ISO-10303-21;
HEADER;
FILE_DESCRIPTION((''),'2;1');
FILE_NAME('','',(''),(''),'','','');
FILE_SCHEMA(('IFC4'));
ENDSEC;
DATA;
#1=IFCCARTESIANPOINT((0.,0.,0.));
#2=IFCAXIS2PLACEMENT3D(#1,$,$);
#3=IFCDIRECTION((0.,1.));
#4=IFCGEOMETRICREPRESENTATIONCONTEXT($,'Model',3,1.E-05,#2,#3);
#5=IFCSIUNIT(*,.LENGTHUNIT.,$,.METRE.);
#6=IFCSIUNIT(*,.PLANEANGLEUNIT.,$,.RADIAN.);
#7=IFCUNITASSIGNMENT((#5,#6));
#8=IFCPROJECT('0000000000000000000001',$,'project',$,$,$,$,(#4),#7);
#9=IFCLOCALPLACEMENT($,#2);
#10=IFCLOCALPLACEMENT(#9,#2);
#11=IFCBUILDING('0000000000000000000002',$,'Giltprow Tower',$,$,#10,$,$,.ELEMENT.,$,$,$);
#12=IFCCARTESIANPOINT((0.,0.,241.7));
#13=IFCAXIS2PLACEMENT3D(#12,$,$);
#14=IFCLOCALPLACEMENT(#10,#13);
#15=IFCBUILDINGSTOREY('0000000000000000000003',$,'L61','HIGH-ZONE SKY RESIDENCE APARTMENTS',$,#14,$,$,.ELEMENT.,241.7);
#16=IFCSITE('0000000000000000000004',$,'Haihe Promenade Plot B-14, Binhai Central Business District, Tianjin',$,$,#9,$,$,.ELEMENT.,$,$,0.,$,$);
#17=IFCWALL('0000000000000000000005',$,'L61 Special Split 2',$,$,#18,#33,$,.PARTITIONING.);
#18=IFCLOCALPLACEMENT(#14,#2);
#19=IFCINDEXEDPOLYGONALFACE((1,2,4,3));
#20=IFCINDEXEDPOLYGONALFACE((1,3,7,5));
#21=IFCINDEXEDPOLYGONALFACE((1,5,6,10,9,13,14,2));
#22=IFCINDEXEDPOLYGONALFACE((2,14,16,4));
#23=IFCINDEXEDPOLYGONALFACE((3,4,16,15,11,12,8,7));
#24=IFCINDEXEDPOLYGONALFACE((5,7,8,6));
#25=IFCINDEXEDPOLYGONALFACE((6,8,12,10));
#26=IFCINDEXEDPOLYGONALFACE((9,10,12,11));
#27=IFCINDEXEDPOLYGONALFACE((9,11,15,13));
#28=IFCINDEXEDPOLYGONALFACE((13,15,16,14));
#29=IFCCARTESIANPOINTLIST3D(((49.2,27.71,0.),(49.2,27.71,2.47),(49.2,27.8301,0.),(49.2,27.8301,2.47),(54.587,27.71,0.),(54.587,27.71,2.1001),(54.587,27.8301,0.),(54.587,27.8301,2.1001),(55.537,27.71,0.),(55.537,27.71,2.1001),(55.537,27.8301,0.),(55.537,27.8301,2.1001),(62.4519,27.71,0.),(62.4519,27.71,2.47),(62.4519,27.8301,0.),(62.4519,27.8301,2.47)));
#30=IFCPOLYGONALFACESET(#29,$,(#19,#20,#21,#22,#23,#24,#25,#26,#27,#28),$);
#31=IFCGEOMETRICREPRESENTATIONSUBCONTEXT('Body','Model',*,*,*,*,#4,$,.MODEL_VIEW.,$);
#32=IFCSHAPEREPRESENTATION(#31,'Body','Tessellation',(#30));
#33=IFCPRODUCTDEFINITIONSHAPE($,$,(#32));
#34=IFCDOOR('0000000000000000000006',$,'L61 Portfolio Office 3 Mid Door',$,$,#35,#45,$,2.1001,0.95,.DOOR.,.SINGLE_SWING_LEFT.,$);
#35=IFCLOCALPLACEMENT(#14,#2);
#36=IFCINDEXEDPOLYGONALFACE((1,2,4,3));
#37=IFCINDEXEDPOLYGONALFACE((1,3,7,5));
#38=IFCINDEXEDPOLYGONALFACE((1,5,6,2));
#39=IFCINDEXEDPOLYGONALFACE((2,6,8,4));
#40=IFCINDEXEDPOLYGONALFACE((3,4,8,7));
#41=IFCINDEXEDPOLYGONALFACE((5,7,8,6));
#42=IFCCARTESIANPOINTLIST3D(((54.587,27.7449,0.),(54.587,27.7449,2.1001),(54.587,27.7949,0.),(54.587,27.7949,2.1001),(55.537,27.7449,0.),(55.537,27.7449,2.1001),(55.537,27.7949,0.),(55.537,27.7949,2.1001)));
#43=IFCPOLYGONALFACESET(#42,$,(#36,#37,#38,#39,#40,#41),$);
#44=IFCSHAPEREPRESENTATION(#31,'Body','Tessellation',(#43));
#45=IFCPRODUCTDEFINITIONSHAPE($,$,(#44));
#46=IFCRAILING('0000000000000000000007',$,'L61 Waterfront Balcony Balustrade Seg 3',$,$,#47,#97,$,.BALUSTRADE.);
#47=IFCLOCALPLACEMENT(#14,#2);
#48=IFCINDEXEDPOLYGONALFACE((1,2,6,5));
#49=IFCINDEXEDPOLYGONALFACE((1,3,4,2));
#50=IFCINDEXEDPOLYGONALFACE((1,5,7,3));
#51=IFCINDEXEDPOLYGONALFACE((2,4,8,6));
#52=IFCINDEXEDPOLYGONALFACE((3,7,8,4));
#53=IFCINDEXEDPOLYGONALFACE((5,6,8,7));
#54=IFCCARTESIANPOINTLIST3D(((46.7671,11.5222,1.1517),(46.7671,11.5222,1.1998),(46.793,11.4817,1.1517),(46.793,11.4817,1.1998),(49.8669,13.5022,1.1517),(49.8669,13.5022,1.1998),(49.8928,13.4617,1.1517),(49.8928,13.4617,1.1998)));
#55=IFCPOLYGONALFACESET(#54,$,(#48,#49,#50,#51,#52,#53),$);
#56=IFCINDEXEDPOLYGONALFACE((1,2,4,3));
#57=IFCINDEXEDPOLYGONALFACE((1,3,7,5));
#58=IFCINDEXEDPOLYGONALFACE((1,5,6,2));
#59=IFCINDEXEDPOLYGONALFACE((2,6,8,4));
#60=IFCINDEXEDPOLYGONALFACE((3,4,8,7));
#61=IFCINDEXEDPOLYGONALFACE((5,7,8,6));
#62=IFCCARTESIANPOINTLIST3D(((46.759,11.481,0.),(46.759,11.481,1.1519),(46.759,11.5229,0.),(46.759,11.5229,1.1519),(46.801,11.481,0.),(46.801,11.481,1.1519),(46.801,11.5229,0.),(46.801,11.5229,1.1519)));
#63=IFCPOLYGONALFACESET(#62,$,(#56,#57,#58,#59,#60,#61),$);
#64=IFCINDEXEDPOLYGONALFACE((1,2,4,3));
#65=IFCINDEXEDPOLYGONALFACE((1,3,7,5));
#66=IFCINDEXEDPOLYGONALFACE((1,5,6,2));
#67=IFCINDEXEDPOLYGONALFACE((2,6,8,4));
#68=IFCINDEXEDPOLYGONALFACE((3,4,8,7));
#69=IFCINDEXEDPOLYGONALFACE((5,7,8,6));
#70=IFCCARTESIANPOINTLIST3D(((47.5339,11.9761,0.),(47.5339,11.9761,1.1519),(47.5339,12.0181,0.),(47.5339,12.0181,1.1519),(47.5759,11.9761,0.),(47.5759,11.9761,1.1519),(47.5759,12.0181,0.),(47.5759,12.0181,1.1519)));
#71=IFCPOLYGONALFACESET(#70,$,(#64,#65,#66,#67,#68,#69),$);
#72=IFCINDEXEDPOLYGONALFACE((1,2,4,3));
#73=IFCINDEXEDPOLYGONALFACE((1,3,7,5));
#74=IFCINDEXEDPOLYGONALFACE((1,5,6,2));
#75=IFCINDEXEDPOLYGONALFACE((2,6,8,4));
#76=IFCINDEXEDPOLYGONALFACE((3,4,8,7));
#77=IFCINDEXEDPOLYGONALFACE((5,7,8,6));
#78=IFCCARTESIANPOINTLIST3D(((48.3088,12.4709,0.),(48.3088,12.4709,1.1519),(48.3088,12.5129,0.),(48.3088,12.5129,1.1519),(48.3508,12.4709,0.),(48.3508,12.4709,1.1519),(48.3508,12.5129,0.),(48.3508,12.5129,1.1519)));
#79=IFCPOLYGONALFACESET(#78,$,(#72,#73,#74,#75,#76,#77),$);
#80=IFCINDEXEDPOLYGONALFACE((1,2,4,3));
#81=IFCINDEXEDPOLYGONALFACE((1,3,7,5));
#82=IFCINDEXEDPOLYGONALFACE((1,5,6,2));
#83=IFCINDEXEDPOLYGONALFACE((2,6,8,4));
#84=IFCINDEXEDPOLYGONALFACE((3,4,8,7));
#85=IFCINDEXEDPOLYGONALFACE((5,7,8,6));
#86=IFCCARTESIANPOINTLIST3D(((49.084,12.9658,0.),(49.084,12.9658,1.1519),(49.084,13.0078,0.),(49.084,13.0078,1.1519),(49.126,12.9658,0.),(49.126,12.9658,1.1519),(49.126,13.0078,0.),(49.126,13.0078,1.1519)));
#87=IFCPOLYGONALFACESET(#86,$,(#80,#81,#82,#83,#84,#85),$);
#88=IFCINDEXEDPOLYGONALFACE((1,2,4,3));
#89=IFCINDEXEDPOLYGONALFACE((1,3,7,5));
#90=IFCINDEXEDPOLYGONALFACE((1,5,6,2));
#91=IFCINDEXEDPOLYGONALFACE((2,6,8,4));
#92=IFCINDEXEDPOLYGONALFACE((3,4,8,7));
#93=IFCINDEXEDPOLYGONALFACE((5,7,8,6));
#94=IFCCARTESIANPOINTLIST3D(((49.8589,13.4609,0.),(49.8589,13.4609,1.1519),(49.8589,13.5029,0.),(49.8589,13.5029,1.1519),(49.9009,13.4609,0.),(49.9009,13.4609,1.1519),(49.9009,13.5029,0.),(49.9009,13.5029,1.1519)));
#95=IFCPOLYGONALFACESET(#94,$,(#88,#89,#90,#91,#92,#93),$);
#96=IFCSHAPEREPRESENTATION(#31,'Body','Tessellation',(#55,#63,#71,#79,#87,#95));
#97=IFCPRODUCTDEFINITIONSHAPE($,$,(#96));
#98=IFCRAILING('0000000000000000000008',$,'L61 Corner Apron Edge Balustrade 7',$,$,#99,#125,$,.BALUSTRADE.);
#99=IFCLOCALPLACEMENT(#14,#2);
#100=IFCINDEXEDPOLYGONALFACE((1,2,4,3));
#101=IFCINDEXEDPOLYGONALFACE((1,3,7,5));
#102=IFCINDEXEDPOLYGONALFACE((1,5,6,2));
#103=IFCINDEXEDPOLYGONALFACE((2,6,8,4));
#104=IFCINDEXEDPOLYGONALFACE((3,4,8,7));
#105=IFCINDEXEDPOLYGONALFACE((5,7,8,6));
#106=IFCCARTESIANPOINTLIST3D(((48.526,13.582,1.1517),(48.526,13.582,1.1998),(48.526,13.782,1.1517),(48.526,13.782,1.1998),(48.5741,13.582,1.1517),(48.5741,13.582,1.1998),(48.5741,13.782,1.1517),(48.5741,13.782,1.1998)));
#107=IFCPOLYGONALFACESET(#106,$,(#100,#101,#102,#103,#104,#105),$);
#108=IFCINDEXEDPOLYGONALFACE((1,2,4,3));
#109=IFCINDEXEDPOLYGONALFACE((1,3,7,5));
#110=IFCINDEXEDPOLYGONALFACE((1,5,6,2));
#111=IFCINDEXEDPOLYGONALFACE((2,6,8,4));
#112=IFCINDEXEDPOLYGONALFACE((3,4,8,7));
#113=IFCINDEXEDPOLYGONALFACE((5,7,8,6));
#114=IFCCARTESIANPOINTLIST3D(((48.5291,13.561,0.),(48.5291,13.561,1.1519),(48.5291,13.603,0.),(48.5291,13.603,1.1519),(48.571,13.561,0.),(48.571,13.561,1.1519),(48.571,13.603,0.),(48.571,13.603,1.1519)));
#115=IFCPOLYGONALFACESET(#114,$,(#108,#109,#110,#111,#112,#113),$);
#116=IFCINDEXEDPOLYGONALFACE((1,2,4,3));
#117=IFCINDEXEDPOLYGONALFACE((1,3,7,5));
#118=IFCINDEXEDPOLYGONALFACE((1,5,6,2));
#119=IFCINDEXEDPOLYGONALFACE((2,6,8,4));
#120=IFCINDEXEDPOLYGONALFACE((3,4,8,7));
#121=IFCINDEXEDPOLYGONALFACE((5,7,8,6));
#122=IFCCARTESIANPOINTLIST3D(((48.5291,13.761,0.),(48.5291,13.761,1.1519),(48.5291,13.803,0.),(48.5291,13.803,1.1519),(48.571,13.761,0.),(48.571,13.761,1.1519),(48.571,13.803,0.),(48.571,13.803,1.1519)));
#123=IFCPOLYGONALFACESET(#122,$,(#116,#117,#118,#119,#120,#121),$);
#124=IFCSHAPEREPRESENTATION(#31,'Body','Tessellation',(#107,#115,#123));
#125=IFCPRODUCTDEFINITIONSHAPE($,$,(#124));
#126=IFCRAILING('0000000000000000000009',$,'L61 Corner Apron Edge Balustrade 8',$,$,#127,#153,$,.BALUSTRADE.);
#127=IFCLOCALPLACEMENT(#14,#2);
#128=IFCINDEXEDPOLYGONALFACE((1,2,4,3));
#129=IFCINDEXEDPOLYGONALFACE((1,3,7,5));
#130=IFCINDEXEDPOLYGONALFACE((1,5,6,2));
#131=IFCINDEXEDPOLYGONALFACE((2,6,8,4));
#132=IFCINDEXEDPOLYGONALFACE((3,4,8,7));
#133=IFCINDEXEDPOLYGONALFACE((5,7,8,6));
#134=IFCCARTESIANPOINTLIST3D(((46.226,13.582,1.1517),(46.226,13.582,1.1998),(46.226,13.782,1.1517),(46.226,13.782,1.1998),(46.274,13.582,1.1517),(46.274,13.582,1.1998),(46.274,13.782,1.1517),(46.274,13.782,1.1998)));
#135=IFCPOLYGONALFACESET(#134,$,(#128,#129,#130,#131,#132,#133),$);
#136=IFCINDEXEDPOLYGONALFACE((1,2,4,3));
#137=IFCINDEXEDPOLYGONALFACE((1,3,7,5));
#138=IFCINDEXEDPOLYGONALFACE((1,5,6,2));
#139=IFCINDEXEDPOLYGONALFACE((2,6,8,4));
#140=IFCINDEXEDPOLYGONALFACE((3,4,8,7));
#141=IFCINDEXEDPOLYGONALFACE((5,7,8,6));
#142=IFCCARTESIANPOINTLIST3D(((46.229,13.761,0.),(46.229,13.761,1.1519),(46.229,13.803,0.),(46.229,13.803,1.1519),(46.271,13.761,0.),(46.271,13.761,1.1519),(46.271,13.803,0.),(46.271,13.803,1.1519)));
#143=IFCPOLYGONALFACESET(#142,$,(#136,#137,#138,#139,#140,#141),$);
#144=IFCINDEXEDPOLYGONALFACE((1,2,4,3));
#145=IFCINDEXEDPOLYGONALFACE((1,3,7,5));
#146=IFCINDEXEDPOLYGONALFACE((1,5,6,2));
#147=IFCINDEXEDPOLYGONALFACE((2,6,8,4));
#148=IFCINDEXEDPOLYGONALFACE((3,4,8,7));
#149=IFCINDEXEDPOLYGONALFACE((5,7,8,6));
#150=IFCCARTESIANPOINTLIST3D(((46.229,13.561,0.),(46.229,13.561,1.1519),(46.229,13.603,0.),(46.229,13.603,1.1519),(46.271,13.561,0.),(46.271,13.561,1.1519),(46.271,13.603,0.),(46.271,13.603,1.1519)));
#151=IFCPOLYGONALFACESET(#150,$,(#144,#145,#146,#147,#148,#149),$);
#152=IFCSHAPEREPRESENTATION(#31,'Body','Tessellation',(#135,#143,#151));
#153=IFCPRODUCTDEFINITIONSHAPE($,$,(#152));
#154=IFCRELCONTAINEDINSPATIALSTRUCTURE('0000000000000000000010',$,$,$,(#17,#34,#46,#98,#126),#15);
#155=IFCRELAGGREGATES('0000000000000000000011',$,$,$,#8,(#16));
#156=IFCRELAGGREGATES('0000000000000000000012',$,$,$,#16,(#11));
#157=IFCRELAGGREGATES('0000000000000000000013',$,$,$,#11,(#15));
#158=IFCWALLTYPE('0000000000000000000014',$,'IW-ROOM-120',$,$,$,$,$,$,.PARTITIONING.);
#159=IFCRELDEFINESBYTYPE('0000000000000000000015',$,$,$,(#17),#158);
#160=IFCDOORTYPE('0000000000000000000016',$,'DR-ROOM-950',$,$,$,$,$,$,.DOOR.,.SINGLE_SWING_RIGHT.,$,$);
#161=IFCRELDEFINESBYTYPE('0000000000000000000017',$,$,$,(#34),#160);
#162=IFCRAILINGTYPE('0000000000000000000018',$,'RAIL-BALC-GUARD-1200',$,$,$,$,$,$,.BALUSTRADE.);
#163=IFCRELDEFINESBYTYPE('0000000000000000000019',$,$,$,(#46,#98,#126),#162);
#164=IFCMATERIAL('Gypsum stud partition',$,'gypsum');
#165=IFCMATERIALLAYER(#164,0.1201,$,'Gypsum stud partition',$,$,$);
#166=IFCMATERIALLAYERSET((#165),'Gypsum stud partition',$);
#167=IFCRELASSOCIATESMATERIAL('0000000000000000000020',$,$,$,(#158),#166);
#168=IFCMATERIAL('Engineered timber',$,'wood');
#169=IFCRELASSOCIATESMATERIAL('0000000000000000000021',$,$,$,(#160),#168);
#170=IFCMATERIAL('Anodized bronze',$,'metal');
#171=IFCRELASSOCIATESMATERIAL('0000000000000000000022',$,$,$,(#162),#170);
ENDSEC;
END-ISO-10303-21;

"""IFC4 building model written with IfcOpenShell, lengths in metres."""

from ifc_helpers import new_model, si_unit, direction, frame, frame_2d, origin, origin_2d, place, context, subcontext, project, spatial, rectangle, extrude, source, transform, mapped, material, layer, layer_set, type_object, element, fill, save


model = new_model("IFC4")

# Units and contexts
model_context = context("Model", 3, precision=1e-05, world=origin(), true_north=direction((0.0, 1.0)))
body_context = subcontext(model_context, "Body", "Model", "MODEL_VIEW")
ifc_project = project(units=[si_unit("LENGTHUNIT", "METRE"), si_unit("PLANEANGLEUNIT", "RADIAN")], contexts=[model_context])

# Site, building, storey
site_placement = place(None, origin())
site = spatial("IfcSite", under=ifc_project, at=site_placement, Name="Haihe Promenade Plot B-14, Binhai Central Business District, Tianjin", CompositionType="ELEMENT", RefElevation=0.0)
building_placement = place(site_placement, origin())
building = spatial("IfcBuilding", under=site, at=building_placement, Name="Giltprow Tower", CompositionType="ELEMENT")
storey_placement = place(building_placement, frame((0.0, 0.0, 241.7)))
storey = spatial("IfcBuildingStorey", under=building, at=storey_placement, Name="L61", Description="HIGH-ZONE SKY RESIDENCE APARTMENTS", CompositionType="ELEMENT", Elevation=241.7)

# Shared definitions
ifc_material_1 = material(Name="Gypsum stud partition", Category="gypsum")

# Shared definitions
ifc_layer_1 = layer(ifc_material_1, 0.1201, Name="Gypsum stud partition")
ifc_layer_set_1 = layer_set([ifc_layer_1], Name="Gypsum stud partition")
wall_type_1 = type_object("IfcWallType", Name="IW-ROOM-120", PredefinedType="PARTITIONING", material=ifc_layer_set_1)
ifc_material_2 = material(Name="Engineered timber", Category="wood")
door_type_1 = type_object("IfcDoorType", Name="DR-ROOM-950", OperationType="SINGLE_SWING_RIGHT", PredefinedType="DOOR", material=ifc_material_2)
shared_shape_1 = source(origin(), body_context, "Body", "SweptSolid", [
    extrude(rectangle(XDim=0.95, YDim=2.1001, at=frame_2d((0.4751, 1.05))), frame((0.0, 0.0249, 0.0), z_axis=(0.0, -1.0, 0.0), x_axis=(1.0, 0.0, 0.0)), (0.0, 0.0, 1.0), 0.05),
])

# Wall, opening, door
wall_1_placement = place(storey_placement, frame((49.2, 27.77, 0.0), z_axis=(0.0, 0.0, 1.0), x_axis=(1.0, 0.0, 0.0)))
wall_1 = element("IfcWall", 1, at=wall_1_placement, inside=storey, type_object=wall_type_1, Name="L61 Special Split 2", PredefinedType="PARTITIONING", context=body_context, shape_type="SweptSolid", body=[
    extrude(rectangle(XDim=13.252, YDim=0.1201, at=frame_2d((6.626, 0.0))), origin(), (0.0, 0.0, 1.0), 2.47),
])
opening_1_placement = place(wall_1_placement, frame((5.387, 0.0, 0.0)))
opening_1 = element("IfcOpeningElement", 2, at=opening_1_placement, cuts=wall_1, PredefinedType="OPENING", context=body_context, shape_type="SweptSolid", body=[
    extrude(rectangle(XDim=0.95, YDim=2.1001, at=frame_2d((0.4751, 1.05))), frame((0.0, 0.0701, 0.0), z_axis=(0.0, -1.0, 0.0), x_axis=(1.0, 0.0, 0.0)), (0.0, 0.0, 1.0), 0.1401),
])
door_1_placement = place(opening_1_placement, origin())
door_1 = element("IfcDoor", 3, at=door_1_placement, inside=storey, type_object=door_type_1, Name="L61 Portfolio Office 3 Mid Door", OperationType="SINGLE_SWING_LEFT", OverallHeight=2.1001, OverallWidth=0.95, PredefinedType="DOOR", context=body_context, shape_type="MappedRepresentation", body=[
    mapped(shared_shape_1, transform((0.0, 0.0, 0.0), x_axis=(1.0, 0.0, 0.0), y_axis=(0.0, 1.0, 0.0), z_axis=(0.0, 0.0, 1.0), scale=1.0)),
])
fill(opening_1, door_1)

# Railings
ifc_material_3 = material(Name="Anodized bronze", Category="metal")
railing_type = type_object("IfcRailingType", Name="RAIL-BALC-GUARD-1200", PredefinedType="BALUSTRADE", material=ifc_material_3)
railing_1_placement = place(storey_placement, frame((46.78, 11.502, 0.0)))
element("IfcRailing", 4, at=railing_1_placement, inside=storey, type_object=railing_type, Name="L61 Waterfront Balcony Balustrade Seg 3", PredefinedType="BALUSTRADE", context=body_context, shape_type="SweptSolid", body=[
    extrude(rectangle(XDim=0.0481, YDim=0.0481, at=origin_2d()), frame((0.0, 0.0, 1.1758), z_axis=(0.842756, 0.538296, 0.0), x_axis=(-0.538296, 0.842756, 0.0)), (0.0, 0.0, 1.0), 3.6782),
    extrude(rectangle(XDim=0.042, YDim=0.042, at=origin_2d()), origin(), (0.0, 0.0, 1.0), 1.1519),
    extrude(rectangle(XDim=0.042, YDim=0.042, at=origin_2d()), frame((0.7749, 0.4951, 0.0)), (0.0, 0.0, 1.0), 1.1519),
    extrude(rectangle(XDim=0.042, YDim=0.042, at=origin_2d()), frame((1.5498, 0.99, 0.0)), (0.0, 0.0, 1.0), 1.1519),
    extrude(rectangle(XDim=0.042, YDim=0.042, at=origin_2d()), frame((2.325, 1.4849, 0.0)), (0.0, 0.0, 1.0), 1.1519),
    extrude(rectangle(XDim=0.042, YDim=0.042, at=origin_2d()), frame((3.0999, 1.98, 0.0)), (0.0, 0.0, 1.0), 1.1519),
])
railing_2_placement = place(storey_placement, frame((48.55, 13.582, 0.0)))
element("IfcRailing", 5, at=railing_2_placement, inside=storey, type_object=railing_type, Name="L61 Corner Apron Edge Balustrade 7", PredefinedType="BALUSTRADE", context=body_context, shape_type="SweptSolid", body=[
    extrude(rectangle(XDim=0.0481, YDim=0.0481, at=origin_2d()), frame((0.0, 0.0, 1.1758), z_axis=(0.0, 1.0, 0.0), x_axis=(-1.0, 0.0, 0.0)), (0.0, 0.0, 1.0), 0.2),
    extrude(rectangle(XDim=0.042, YDim=0.042, at=origin_2d()), origin(), (0.0, 0.0, 1.0), 1.1519),
    extrude(rectangle(XDim=0.042, YDim=0.042, at=origin_2d()), frame((0.0, 0.2, 0.0)), (0.0, 0.0, 1.0), 1.1519),
])
railing_3_placement = place(storey_placement, frame((46.25, 13.782, 0.0)))
element("IfcRailing", 6, at=railing_3_placement, inside=storey, type_object=railing_type, Name="L61 Corner Apron Edge Balustrade 8", PredefinedType="BALUSTRADE", context=body_context, shape_type="SweptSolid", body=[
    extrude(rectangle(XDim=0.0481, YDim=0.0481, at=origin_2d()), frame((0.0, 0.0, 1.1758), z_axis=(0.0, -1.0, 0.0), x_axis=(1.0, 0.0, 0.0)), (0.0, 0.0, 1.0), 0.2),
    extrude(rectangle(XDim=0.042, YDim=0.042, at=origin_2d()), origin(), (0.0, 0.0, 1.0), 1.1519),
    extrude(rectangle(XDim=0.042, YDim=0.042, at=origin_2d()), frame((0.0, -0.2, 0.0)), (0.0, 0.0, 1.0), 1.1519),
])

save(model, "model.ifc")
